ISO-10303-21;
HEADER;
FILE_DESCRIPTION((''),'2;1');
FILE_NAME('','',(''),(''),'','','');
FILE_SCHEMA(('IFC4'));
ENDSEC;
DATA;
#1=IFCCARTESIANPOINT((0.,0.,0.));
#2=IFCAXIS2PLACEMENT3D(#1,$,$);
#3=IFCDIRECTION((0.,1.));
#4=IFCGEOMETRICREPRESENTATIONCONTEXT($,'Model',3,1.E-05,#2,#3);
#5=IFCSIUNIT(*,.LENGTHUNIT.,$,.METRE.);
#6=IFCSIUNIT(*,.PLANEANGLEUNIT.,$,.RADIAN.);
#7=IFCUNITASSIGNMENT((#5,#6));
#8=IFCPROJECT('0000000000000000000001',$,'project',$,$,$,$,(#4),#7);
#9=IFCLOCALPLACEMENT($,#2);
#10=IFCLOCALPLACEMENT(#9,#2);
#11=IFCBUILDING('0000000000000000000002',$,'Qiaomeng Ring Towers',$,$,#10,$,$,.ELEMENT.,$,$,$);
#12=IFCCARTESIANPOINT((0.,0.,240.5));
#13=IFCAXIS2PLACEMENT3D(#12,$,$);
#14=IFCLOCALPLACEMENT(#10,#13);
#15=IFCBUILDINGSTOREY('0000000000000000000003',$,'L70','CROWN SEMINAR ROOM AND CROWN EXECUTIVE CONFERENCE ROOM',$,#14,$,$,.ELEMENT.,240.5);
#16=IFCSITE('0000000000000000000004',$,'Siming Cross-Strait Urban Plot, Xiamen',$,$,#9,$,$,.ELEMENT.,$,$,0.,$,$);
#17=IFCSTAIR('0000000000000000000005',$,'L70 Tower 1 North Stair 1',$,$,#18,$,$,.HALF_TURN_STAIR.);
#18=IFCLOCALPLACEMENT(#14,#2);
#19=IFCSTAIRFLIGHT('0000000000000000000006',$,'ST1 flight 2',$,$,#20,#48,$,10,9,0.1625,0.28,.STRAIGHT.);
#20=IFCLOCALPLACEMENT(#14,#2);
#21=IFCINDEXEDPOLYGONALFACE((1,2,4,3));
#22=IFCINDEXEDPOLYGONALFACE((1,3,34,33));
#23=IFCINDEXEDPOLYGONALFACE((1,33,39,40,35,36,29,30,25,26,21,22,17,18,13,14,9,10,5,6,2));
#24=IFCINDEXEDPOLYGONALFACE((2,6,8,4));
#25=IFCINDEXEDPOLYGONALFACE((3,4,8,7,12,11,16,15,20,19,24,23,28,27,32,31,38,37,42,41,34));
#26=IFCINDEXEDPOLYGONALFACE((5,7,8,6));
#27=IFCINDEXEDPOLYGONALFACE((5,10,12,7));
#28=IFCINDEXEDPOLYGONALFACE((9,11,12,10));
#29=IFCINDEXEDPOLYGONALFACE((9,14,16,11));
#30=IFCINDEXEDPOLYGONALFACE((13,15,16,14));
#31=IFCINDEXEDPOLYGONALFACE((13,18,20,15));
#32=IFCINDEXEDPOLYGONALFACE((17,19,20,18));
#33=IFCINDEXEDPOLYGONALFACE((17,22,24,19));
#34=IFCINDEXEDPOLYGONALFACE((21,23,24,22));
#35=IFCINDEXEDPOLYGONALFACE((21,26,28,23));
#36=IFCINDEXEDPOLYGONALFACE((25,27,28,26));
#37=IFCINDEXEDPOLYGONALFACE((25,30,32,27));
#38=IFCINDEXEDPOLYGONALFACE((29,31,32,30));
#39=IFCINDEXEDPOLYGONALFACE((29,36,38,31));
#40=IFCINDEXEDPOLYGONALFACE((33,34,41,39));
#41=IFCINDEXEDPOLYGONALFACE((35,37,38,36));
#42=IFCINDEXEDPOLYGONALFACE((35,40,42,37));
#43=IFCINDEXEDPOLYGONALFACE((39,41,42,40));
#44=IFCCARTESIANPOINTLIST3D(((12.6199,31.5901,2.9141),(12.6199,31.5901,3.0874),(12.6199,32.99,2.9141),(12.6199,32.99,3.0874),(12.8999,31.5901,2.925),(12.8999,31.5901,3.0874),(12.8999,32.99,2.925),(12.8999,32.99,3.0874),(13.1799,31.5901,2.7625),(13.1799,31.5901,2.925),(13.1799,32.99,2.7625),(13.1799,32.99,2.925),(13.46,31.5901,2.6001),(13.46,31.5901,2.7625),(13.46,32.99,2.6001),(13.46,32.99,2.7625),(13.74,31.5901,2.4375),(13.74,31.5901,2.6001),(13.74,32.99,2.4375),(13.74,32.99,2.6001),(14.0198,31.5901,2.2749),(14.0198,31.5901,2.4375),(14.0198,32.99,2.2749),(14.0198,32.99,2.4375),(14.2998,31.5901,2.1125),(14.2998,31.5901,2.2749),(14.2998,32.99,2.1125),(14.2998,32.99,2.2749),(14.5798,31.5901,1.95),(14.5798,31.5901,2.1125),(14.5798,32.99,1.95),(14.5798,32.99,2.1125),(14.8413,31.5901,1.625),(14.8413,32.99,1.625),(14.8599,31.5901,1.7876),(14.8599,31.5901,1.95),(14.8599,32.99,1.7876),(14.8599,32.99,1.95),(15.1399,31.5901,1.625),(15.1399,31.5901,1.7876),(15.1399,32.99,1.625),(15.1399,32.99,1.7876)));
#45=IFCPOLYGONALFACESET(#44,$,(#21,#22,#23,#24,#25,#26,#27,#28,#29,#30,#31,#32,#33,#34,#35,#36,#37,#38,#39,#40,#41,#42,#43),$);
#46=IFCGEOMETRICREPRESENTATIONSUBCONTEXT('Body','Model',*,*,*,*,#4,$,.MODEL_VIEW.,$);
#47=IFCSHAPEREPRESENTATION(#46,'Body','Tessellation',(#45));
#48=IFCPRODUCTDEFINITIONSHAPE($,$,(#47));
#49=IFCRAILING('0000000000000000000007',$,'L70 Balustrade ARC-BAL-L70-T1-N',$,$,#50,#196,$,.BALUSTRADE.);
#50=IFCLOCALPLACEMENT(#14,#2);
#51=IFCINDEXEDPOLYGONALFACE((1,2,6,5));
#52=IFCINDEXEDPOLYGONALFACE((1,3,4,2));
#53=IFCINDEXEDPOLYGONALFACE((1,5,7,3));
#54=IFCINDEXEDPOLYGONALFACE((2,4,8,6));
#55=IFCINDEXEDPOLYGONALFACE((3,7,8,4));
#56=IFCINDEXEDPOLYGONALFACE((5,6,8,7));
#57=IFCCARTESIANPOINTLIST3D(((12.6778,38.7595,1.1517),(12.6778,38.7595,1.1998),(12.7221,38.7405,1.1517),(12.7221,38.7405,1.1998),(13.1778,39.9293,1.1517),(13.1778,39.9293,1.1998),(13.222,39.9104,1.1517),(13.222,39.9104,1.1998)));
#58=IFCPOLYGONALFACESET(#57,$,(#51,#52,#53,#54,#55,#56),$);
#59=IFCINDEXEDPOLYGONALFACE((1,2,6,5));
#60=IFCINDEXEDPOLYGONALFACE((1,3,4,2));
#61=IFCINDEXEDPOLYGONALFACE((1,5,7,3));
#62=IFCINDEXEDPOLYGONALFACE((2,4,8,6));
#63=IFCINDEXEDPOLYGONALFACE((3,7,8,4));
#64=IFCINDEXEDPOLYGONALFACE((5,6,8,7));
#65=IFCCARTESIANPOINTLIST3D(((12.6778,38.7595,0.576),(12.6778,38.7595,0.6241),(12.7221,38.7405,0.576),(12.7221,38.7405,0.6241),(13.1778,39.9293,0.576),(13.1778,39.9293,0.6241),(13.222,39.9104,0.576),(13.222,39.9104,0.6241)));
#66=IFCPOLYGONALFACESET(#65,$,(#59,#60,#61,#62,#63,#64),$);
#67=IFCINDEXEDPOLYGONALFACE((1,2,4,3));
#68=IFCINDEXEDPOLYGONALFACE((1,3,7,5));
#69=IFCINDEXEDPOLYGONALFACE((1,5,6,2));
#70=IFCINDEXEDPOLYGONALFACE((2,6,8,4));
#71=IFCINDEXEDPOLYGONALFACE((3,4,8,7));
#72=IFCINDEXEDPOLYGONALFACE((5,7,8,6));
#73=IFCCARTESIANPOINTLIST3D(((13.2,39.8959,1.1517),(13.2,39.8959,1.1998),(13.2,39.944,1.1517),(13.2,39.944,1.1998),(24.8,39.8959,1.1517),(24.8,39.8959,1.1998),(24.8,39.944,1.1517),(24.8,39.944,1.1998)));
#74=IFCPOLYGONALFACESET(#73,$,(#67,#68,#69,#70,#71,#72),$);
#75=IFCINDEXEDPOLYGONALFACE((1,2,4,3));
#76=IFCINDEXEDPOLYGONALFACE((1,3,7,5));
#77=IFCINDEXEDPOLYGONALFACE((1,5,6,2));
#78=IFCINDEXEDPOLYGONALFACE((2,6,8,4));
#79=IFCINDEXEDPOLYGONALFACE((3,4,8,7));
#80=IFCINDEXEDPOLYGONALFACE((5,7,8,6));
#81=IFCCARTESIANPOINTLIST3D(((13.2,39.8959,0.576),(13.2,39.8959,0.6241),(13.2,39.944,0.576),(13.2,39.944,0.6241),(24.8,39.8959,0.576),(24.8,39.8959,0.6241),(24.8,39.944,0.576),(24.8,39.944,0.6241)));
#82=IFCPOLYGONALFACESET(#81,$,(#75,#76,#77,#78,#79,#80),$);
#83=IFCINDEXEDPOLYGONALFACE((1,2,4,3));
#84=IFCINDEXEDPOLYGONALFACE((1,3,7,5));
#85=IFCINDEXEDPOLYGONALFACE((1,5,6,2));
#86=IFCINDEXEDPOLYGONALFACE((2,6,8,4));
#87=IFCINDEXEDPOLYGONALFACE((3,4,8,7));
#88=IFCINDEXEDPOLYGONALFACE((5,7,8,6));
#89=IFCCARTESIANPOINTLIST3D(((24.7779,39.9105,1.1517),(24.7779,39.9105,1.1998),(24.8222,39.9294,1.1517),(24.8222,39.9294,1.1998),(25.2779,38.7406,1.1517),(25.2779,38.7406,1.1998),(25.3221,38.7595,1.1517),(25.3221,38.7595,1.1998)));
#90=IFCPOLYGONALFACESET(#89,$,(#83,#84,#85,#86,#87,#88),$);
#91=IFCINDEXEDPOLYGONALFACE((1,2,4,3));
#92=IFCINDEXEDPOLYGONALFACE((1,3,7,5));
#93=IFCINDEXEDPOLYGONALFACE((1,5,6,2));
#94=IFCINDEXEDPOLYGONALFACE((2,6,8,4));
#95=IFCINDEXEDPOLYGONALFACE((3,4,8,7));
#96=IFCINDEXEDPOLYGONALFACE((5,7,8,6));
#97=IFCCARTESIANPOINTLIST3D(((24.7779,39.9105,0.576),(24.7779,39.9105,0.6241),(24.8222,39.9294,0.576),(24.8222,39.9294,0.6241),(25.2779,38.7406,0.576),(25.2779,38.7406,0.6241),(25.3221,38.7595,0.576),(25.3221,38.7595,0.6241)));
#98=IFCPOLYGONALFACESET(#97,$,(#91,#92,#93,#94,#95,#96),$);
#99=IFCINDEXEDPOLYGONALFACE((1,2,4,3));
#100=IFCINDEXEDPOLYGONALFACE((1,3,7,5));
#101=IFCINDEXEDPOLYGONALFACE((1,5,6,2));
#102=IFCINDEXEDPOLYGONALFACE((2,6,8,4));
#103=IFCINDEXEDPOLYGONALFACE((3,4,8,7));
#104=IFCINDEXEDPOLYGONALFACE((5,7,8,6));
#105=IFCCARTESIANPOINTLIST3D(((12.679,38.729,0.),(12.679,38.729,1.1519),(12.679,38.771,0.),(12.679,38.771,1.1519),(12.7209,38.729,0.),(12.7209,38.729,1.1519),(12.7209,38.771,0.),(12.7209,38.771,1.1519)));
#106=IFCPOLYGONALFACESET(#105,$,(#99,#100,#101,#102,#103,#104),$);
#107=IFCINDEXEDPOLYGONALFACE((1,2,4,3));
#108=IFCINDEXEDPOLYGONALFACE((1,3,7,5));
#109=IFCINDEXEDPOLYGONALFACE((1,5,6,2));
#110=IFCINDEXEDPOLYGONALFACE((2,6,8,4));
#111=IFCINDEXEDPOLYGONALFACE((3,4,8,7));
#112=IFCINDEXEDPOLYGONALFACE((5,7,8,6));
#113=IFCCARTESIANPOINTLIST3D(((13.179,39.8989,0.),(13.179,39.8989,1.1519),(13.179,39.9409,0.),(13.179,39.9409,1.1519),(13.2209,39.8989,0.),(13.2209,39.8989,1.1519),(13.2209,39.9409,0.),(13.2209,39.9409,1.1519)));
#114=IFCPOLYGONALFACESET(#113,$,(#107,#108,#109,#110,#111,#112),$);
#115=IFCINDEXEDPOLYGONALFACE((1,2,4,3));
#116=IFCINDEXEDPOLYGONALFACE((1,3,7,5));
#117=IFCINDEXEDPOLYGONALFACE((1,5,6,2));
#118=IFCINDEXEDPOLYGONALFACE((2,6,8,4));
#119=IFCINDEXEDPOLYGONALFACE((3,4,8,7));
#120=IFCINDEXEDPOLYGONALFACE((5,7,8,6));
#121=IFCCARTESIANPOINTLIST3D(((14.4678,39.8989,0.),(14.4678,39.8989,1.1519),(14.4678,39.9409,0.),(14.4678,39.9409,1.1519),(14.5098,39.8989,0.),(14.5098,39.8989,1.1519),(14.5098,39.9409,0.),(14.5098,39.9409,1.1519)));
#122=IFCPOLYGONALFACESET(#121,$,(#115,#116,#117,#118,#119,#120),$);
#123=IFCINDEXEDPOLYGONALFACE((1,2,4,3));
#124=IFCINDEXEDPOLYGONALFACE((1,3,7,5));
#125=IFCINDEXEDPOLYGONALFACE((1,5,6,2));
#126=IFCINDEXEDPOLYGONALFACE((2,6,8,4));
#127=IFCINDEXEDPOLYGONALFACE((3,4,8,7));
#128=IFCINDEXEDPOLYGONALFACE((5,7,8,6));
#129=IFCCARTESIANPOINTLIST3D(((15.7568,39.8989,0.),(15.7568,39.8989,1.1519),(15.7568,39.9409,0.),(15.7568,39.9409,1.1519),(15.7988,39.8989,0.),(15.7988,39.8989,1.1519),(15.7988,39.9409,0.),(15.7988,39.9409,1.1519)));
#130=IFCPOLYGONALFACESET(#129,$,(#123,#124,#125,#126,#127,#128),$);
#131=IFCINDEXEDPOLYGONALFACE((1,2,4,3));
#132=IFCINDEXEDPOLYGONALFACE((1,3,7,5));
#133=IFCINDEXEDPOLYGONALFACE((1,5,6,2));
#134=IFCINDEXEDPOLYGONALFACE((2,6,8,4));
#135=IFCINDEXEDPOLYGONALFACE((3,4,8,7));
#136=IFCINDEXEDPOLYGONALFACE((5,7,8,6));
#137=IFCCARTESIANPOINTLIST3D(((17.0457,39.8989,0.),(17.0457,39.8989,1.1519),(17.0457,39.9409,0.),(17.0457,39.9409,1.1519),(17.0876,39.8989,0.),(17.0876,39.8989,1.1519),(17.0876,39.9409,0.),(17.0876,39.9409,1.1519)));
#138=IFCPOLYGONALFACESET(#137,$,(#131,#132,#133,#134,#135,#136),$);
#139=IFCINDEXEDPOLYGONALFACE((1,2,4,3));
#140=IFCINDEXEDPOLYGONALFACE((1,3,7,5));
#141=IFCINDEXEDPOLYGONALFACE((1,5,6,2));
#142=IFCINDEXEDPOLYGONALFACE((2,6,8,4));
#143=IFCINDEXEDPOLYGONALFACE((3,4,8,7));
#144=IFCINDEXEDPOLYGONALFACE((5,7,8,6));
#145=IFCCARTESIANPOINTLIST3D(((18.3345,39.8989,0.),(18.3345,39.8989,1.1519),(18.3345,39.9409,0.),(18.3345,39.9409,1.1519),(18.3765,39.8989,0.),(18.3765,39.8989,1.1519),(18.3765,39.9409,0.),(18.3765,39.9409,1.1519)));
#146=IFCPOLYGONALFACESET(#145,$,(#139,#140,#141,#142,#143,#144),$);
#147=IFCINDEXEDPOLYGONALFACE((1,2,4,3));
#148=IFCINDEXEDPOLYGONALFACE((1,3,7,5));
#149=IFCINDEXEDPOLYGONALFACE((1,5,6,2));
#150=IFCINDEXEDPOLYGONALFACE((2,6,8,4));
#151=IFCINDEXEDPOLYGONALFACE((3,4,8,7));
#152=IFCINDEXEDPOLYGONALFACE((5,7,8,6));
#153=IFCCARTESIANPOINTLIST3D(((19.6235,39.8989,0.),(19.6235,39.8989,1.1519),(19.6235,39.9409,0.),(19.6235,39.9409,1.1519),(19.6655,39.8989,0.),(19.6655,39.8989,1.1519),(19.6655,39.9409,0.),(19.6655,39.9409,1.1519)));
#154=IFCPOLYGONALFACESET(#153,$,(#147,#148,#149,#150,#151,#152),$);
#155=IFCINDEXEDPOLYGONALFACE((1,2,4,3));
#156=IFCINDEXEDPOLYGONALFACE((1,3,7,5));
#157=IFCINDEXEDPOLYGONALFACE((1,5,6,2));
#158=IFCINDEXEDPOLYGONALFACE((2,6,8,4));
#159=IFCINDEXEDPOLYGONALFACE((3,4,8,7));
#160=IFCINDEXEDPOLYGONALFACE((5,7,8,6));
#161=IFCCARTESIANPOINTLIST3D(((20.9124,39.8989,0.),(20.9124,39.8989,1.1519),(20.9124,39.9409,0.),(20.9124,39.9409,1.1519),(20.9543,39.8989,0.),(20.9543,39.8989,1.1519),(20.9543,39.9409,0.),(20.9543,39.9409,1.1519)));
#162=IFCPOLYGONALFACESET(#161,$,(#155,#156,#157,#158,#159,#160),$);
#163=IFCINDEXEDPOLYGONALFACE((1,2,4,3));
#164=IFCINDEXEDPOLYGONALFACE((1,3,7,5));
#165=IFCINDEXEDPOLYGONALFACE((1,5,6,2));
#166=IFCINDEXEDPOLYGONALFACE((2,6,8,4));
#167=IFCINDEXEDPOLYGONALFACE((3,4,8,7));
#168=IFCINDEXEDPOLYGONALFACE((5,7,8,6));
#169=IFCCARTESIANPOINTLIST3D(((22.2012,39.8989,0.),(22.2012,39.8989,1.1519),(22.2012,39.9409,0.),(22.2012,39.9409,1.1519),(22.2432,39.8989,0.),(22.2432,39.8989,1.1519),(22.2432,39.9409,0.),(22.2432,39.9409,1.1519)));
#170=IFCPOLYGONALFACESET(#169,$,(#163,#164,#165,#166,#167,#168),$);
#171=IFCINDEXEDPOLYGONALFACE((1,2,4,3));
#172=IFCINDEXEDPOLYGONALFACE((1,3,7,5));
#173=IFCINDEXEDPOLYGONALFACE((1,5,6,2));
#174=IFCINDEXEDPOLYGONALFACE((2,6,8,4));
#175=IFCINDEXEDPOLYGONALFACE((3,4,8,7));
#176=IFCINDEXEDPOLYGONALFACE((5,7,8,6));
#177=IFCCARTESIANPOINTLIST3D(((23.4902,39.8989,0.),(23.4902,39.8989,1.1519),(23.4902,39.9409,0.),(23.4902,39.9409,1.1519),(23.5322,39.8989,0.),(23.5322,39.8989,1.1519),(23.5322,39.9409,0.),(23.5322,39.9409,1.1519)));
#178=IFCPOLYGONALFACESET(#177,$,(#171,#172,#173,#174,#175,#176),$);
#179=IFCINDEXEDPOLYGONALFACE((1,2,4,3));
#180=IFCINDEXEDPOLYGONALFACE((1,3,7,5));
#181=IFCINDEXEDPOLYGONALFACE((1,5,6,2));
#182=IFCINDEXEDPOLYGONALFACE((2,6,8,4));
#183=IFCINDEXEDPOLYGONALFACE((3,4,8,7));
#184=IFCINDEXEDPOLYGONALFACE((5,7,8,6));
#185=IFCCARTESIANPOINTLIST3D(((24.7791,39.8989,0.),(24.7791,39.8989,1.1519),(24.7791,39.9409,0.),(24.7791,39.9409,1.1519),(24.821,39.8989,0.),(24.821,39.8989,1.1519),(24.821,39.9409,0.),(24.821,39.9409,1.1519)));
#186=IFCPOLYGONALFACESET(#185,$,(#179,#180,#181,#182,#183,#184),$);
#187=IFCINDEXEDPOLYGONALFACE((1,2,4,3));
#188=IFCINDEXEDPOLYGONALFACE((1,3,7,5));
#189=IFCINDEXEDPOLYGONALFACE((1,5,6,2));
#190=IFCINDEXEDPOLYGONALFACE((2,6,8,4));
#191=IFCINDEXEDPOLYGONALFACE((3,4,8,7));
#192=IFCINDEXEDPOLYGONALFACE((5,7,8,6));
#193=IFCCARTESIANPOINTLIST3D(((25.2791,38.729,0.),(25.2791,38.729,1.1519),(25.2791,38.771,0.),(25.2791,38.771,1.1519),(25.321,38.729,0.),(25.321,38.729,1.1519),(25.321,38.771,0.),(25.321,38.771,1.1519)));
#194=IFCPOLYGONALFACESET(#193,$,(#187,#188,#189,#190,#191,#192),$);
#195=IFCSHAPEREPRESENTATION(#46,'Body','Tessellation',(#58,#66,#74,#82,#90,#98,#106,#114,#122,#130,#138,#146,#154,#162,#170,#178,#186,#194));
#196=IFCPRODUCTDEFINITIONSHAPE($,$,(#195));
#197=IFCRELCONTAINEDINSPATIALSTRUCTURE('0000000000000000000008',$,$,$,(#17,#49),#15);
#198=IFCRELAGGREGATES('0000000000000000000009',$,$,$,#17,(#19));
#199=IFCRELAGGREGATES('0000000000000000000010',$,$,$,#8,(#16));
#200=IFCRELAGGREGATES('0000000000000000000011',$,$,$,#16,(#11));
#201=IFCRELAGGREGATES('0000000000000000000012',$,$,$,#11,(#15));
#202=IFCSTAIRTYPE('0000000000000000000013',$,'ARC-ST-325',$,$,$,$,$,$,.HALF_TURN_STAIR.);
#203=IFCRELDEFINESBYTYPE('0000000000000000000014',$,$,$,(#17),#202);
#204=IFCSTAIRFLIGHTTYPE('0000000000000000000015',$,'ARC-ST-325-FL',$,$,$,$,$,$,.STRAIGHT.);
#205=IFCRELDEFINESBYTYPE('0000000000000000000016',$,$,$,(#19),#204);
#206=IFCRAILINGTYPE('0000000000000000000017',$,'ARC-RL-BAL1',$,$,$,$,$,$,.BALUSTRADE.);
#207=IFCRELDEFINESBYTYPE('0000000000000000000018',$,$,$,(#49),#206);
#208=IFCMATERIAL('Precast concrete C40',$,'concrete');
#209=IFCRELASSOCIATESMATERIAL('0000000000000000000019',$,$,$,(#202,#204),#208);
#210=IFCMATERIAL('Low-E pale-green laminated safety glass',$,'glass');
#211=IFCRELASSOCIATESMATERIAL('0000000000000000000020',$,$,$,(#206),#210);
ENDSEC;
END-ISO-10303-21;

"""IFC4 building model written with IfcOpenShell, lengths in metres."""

from ifc_helpers import new_model, si_unit, direction, frame, origin, origin_2d, place, context, subcontext, project, spatial, polyline, rectangle, outline, extrude, source, transform, mapped, material, type_object, element, aggregate, save


model = new_model("IFC4")

# Units and contexts
model_context = context("Model", 3, precision=1e-05, world=origin(), true_north=direction((0.0, 1.0)))
body_context = subcontext(model_context, "Body", "Model", "MODEL_VIEW")
ifc_project = project(units=[si_unit("LENGTHUNIT", "METRE"), si_unit("PLANEANGLEUNIT", "RADIAN")], contexts=[model_context])

# Site, building, storey
site_placement = place(None, origin())
site = spatial("IfcSite", under=ifc_project, at=site_placement, Name="Siming Cross-Strait Urban Plot, Xiamen", CompositionType="ELEMENT", RefElevation=0.0)
building_placement = place(site_placement, origin())
building = spatial("IfcBuilding", under=site, at=building_placement, Name="Qiaomeng Ring Towers", CompositionType="ELEMENT")
storey_placement = place(building_placement, frame((0.0, 0.0, 240.5)))
storey = spatial("IfcBuildingStorey", under=building, at=storey_placement, Name="L70", Description="CROWN SEMINAR ROOM AND CROWN EXECUTIVE CONFERENCE ROOM", CompositionType="ELEMENT", Elevation=240.5)

# Stair, stair flight
ifc_material_1 = material(Name="Precast concrete C40", Category="concrete")
stair_type = type_object("IfcStairType", Name="ARC-ST-325", PredefinedType="HALF_TURN_STAIR", material=ifc_material_1)
stair_placement = place(storey_placement, origin())
stair = element("IfcStair", 1, at=stair_placement, inside=storey, type_object=stair_type, Name="L70 Tower 1 North Stair 1", PredefinedType="HALF_TURN_STAIR")
stair_flight_type = type_object("IfcStairFlightType", Name="ARC-ST-325-FL", PredefinedType="STRAIGHT", material=ifc_material_1)
shared_shape_1 = source(origin(), body_context, "Body", "SweptSolid", [
    extrude(outline(polyline([(0.0, 0.0), (0.0, 0.1626), (0.28, 0.1626), (0.28, 0.325), (0.5601, 0.325), (0.5601, 0.4875), (0.8401, 0.4875), (0.8401, 0.6499), (1.1201, 0.6499), (1.1201, 0.8125), (1.3999, 0.8125), (1.3999, 0.9751), (1.6799, 0.9751), (1.6799, 1.1375), (1.96, 1.1375), (1.96, 1.3), (2.24, 1.3), (2.24, 1.4624), (2.52, 1.4624), (2.52, 1.625), (2.52, 1.2891), (0.2986, 0.0), (0.0, 0.0)])), frame((0.0, 0.7, 0.0), z_axis=(0.0, -1.0, 0.0), x_axis=(1.0, 0.0, 0.0)), (0.0, 0.0, 1.0), 1.3999),
])
stair_flight_placement = place(storey_placement, frame((15.1399, 32.29, 1.625), z_axis=(0.0, 0.0, 1.0), x_axis=(-1.0, 0.0, 0.0)))
stair_flight = element("IfcStairFlight", 2, at=stair_flight_placement, type_object=stair_flight_type, Name="ST1 flight 2", NumberOfRisers=10, NumberOfTreads=9, PredefinedType="STRAIGHT", RiserHeight=0.1625, TreadLength=0.28, context=body_context, shape_type="MappedRepresentation", body=[
    mapped(shared_shape_1, transform((0.0, 0.0, 0.0), x_axis=(1.0, 0.0, 0.0), y_axis=(0.0, 1.0, 0.0), z_axis=(0.0, 0.0, 1.0), scale=1.0)),
])
aggregate(stair, [stair_flight])

# Railing
ifc_material_2 = material(Name="Low-E pale-green laminated safety glass", Category="glass")
railing_type_1 = type_object("IfcRailingType", Name="ARC-RL-BAL1", PredefinedType="BALUSTRADE", material=ifc_material_2)
railing_1_placement = place(storey_placement, frame((12.7, 38.75, 0.0)))
element("IfcRailing", 3, at=railing_1_placement, inside=storey, type_object=railing_type_1, Name="L70 Balustrade ARC-BAL-L70-T1-N", PredefinedType="BALUSTRADE", context=body_context, shape_type="SweptSolid", body=[
    extrude(rectangle(XDim=0.0481, YDim=0.0481, at=origin_2d()), frame((0.0, 0.0, 1.1758), z_axis=(0.392993, 0.919542, 0.0), x_axis=(-0.919542, 0.392993, 0.0)), (0.0, 0.0, 1.0), 1.2722),
    extrude(rectangle(XDim=0.0481, YDim=0.0481, at=origin_2d()), frame((0.0, 0.0, 0.6001), z_axis=(0.392993, 0.919542, 0.0), x_axis=(-0.919542, 0.392993, 0.0)), (0.0, 0.0, 1.0), 1.2722),
    extrude(rectangle(XDim=0.0481, YDim=0.0481, at=origin_2d()), frame((0.5, 1.1699, 1.1758), z_axis=(1.0, 0.0, 0.0), x_axis=(0.0, 1.0, 0.0)), (0.0, 0.0, 1.0), 11.6001),
    extrude(rectangle(XDim=0.0481, YDim=0.0481, at=origin_2d()), frame((0.5, 1.1699, 0.6001), z_axis=(1.0, 0.0, 0.0), x_axis=(0.0, 1.0, 0.0)), (0.0, 0.0, 1.0), 11.6001),
    extrude(rectangle(XDim=0.0481, YDim=0.0481, at=origin_2d()), frame((12.1001, 1.1699, 1.1758), z_axis=(0.392993, -0.919542, 0.0), x_axis=(0.919542, 0.392993, 0.0)), (0.0, 0.0, 1.0), 1.2722),
    extrude(rectangle(XDim=0.0481, YDim=0.0481, at=origin_2d()), frame((12.1001, 1.1699, 0.6001), z_axis=(0.392993, -0.919542, 0.0), x_axis=(0.919542, 0.392993, 0.0)), (0.0, 0.0, 1.0), 1.2722),
    extrude(rectangle(XDim=0.042, YDim=0.042, at=origin_2d()), origin(), (0.0, 0.0, 1.0), 1.1519),
    extrude(rectangle(XDim=0.042, YDim=0.042, at=origin_2d()), frame((0.5, 1.1699, 0.0)), (0.0, 0.0, 1.0), 1.1519),
    extrude(rectangle(XDim=0.042, YDim=0.042, at=origin_2d()), frame((1.7888, 1.1699, 0.0)), (0.0, 0.0, 1.0), 1.1519),
    extrude(rectangle(XDim=0.042, YDim=0.042, at=origin_2d()), frame((3.0779, 1.1699, 0.0)), (0.0, 0.0, 1.0), 1.1519),
    extrude(rectangle(XDim=0.042, YDim=0.042, at=origin_2d()), frame((4.3667, 1.1699, 0.0)), (0.0, 0.0, 1.0), 1.1519),
    extrude(rectangle(XDim=0.042, YDim=0.042, at=origin_2d()), frame((5.6555, 1.1699, 0.0)), (0.0, 0.0, 1.0), 1.1519),
    extrude(rectangle(XDim=0.042, YDim=0.042, at=origin_2d()), frame((6.9446, 1.1699, 0.0)), (0.0, 0.0, 1.0), 1.1519),
    extrude(rectangle(XDim=0.042, YDim=0.042, at=origin_2d()), frame((8.2334, 1.1699, 0.0)), (0.0, 0.0, 1.0), 1.1519),
    extrude(rectangle(XDim=0.042, YDim=0.042, at=origin_2d()), frame((9.5222, 1.1699, 0.0)), (0.0, 0.0, 1.0), 1.1519),
    extrude(rectangle(XDim=0.042, YDim=0.042, at=origin_2d()), frame((10.8113, 1.1699, 0.0)), (0.0, 0.0, 1.0), 1.1519),
    extrude(rectangle(XDim=0.042, YDim=0.042, at=origin_2d()), frame((12.1001, 1.1699, 0.0)), (0.0, 0.0, 1.0), 1.1519),
    extrude(rectangle(XDim=0.042, YDim=0.042, at=origin_2d()), frame((12.6001, 0.0, 0.0)), (0.0, 0.0, 1.0), 1.1519),
])

save(model, "model.ifc")
